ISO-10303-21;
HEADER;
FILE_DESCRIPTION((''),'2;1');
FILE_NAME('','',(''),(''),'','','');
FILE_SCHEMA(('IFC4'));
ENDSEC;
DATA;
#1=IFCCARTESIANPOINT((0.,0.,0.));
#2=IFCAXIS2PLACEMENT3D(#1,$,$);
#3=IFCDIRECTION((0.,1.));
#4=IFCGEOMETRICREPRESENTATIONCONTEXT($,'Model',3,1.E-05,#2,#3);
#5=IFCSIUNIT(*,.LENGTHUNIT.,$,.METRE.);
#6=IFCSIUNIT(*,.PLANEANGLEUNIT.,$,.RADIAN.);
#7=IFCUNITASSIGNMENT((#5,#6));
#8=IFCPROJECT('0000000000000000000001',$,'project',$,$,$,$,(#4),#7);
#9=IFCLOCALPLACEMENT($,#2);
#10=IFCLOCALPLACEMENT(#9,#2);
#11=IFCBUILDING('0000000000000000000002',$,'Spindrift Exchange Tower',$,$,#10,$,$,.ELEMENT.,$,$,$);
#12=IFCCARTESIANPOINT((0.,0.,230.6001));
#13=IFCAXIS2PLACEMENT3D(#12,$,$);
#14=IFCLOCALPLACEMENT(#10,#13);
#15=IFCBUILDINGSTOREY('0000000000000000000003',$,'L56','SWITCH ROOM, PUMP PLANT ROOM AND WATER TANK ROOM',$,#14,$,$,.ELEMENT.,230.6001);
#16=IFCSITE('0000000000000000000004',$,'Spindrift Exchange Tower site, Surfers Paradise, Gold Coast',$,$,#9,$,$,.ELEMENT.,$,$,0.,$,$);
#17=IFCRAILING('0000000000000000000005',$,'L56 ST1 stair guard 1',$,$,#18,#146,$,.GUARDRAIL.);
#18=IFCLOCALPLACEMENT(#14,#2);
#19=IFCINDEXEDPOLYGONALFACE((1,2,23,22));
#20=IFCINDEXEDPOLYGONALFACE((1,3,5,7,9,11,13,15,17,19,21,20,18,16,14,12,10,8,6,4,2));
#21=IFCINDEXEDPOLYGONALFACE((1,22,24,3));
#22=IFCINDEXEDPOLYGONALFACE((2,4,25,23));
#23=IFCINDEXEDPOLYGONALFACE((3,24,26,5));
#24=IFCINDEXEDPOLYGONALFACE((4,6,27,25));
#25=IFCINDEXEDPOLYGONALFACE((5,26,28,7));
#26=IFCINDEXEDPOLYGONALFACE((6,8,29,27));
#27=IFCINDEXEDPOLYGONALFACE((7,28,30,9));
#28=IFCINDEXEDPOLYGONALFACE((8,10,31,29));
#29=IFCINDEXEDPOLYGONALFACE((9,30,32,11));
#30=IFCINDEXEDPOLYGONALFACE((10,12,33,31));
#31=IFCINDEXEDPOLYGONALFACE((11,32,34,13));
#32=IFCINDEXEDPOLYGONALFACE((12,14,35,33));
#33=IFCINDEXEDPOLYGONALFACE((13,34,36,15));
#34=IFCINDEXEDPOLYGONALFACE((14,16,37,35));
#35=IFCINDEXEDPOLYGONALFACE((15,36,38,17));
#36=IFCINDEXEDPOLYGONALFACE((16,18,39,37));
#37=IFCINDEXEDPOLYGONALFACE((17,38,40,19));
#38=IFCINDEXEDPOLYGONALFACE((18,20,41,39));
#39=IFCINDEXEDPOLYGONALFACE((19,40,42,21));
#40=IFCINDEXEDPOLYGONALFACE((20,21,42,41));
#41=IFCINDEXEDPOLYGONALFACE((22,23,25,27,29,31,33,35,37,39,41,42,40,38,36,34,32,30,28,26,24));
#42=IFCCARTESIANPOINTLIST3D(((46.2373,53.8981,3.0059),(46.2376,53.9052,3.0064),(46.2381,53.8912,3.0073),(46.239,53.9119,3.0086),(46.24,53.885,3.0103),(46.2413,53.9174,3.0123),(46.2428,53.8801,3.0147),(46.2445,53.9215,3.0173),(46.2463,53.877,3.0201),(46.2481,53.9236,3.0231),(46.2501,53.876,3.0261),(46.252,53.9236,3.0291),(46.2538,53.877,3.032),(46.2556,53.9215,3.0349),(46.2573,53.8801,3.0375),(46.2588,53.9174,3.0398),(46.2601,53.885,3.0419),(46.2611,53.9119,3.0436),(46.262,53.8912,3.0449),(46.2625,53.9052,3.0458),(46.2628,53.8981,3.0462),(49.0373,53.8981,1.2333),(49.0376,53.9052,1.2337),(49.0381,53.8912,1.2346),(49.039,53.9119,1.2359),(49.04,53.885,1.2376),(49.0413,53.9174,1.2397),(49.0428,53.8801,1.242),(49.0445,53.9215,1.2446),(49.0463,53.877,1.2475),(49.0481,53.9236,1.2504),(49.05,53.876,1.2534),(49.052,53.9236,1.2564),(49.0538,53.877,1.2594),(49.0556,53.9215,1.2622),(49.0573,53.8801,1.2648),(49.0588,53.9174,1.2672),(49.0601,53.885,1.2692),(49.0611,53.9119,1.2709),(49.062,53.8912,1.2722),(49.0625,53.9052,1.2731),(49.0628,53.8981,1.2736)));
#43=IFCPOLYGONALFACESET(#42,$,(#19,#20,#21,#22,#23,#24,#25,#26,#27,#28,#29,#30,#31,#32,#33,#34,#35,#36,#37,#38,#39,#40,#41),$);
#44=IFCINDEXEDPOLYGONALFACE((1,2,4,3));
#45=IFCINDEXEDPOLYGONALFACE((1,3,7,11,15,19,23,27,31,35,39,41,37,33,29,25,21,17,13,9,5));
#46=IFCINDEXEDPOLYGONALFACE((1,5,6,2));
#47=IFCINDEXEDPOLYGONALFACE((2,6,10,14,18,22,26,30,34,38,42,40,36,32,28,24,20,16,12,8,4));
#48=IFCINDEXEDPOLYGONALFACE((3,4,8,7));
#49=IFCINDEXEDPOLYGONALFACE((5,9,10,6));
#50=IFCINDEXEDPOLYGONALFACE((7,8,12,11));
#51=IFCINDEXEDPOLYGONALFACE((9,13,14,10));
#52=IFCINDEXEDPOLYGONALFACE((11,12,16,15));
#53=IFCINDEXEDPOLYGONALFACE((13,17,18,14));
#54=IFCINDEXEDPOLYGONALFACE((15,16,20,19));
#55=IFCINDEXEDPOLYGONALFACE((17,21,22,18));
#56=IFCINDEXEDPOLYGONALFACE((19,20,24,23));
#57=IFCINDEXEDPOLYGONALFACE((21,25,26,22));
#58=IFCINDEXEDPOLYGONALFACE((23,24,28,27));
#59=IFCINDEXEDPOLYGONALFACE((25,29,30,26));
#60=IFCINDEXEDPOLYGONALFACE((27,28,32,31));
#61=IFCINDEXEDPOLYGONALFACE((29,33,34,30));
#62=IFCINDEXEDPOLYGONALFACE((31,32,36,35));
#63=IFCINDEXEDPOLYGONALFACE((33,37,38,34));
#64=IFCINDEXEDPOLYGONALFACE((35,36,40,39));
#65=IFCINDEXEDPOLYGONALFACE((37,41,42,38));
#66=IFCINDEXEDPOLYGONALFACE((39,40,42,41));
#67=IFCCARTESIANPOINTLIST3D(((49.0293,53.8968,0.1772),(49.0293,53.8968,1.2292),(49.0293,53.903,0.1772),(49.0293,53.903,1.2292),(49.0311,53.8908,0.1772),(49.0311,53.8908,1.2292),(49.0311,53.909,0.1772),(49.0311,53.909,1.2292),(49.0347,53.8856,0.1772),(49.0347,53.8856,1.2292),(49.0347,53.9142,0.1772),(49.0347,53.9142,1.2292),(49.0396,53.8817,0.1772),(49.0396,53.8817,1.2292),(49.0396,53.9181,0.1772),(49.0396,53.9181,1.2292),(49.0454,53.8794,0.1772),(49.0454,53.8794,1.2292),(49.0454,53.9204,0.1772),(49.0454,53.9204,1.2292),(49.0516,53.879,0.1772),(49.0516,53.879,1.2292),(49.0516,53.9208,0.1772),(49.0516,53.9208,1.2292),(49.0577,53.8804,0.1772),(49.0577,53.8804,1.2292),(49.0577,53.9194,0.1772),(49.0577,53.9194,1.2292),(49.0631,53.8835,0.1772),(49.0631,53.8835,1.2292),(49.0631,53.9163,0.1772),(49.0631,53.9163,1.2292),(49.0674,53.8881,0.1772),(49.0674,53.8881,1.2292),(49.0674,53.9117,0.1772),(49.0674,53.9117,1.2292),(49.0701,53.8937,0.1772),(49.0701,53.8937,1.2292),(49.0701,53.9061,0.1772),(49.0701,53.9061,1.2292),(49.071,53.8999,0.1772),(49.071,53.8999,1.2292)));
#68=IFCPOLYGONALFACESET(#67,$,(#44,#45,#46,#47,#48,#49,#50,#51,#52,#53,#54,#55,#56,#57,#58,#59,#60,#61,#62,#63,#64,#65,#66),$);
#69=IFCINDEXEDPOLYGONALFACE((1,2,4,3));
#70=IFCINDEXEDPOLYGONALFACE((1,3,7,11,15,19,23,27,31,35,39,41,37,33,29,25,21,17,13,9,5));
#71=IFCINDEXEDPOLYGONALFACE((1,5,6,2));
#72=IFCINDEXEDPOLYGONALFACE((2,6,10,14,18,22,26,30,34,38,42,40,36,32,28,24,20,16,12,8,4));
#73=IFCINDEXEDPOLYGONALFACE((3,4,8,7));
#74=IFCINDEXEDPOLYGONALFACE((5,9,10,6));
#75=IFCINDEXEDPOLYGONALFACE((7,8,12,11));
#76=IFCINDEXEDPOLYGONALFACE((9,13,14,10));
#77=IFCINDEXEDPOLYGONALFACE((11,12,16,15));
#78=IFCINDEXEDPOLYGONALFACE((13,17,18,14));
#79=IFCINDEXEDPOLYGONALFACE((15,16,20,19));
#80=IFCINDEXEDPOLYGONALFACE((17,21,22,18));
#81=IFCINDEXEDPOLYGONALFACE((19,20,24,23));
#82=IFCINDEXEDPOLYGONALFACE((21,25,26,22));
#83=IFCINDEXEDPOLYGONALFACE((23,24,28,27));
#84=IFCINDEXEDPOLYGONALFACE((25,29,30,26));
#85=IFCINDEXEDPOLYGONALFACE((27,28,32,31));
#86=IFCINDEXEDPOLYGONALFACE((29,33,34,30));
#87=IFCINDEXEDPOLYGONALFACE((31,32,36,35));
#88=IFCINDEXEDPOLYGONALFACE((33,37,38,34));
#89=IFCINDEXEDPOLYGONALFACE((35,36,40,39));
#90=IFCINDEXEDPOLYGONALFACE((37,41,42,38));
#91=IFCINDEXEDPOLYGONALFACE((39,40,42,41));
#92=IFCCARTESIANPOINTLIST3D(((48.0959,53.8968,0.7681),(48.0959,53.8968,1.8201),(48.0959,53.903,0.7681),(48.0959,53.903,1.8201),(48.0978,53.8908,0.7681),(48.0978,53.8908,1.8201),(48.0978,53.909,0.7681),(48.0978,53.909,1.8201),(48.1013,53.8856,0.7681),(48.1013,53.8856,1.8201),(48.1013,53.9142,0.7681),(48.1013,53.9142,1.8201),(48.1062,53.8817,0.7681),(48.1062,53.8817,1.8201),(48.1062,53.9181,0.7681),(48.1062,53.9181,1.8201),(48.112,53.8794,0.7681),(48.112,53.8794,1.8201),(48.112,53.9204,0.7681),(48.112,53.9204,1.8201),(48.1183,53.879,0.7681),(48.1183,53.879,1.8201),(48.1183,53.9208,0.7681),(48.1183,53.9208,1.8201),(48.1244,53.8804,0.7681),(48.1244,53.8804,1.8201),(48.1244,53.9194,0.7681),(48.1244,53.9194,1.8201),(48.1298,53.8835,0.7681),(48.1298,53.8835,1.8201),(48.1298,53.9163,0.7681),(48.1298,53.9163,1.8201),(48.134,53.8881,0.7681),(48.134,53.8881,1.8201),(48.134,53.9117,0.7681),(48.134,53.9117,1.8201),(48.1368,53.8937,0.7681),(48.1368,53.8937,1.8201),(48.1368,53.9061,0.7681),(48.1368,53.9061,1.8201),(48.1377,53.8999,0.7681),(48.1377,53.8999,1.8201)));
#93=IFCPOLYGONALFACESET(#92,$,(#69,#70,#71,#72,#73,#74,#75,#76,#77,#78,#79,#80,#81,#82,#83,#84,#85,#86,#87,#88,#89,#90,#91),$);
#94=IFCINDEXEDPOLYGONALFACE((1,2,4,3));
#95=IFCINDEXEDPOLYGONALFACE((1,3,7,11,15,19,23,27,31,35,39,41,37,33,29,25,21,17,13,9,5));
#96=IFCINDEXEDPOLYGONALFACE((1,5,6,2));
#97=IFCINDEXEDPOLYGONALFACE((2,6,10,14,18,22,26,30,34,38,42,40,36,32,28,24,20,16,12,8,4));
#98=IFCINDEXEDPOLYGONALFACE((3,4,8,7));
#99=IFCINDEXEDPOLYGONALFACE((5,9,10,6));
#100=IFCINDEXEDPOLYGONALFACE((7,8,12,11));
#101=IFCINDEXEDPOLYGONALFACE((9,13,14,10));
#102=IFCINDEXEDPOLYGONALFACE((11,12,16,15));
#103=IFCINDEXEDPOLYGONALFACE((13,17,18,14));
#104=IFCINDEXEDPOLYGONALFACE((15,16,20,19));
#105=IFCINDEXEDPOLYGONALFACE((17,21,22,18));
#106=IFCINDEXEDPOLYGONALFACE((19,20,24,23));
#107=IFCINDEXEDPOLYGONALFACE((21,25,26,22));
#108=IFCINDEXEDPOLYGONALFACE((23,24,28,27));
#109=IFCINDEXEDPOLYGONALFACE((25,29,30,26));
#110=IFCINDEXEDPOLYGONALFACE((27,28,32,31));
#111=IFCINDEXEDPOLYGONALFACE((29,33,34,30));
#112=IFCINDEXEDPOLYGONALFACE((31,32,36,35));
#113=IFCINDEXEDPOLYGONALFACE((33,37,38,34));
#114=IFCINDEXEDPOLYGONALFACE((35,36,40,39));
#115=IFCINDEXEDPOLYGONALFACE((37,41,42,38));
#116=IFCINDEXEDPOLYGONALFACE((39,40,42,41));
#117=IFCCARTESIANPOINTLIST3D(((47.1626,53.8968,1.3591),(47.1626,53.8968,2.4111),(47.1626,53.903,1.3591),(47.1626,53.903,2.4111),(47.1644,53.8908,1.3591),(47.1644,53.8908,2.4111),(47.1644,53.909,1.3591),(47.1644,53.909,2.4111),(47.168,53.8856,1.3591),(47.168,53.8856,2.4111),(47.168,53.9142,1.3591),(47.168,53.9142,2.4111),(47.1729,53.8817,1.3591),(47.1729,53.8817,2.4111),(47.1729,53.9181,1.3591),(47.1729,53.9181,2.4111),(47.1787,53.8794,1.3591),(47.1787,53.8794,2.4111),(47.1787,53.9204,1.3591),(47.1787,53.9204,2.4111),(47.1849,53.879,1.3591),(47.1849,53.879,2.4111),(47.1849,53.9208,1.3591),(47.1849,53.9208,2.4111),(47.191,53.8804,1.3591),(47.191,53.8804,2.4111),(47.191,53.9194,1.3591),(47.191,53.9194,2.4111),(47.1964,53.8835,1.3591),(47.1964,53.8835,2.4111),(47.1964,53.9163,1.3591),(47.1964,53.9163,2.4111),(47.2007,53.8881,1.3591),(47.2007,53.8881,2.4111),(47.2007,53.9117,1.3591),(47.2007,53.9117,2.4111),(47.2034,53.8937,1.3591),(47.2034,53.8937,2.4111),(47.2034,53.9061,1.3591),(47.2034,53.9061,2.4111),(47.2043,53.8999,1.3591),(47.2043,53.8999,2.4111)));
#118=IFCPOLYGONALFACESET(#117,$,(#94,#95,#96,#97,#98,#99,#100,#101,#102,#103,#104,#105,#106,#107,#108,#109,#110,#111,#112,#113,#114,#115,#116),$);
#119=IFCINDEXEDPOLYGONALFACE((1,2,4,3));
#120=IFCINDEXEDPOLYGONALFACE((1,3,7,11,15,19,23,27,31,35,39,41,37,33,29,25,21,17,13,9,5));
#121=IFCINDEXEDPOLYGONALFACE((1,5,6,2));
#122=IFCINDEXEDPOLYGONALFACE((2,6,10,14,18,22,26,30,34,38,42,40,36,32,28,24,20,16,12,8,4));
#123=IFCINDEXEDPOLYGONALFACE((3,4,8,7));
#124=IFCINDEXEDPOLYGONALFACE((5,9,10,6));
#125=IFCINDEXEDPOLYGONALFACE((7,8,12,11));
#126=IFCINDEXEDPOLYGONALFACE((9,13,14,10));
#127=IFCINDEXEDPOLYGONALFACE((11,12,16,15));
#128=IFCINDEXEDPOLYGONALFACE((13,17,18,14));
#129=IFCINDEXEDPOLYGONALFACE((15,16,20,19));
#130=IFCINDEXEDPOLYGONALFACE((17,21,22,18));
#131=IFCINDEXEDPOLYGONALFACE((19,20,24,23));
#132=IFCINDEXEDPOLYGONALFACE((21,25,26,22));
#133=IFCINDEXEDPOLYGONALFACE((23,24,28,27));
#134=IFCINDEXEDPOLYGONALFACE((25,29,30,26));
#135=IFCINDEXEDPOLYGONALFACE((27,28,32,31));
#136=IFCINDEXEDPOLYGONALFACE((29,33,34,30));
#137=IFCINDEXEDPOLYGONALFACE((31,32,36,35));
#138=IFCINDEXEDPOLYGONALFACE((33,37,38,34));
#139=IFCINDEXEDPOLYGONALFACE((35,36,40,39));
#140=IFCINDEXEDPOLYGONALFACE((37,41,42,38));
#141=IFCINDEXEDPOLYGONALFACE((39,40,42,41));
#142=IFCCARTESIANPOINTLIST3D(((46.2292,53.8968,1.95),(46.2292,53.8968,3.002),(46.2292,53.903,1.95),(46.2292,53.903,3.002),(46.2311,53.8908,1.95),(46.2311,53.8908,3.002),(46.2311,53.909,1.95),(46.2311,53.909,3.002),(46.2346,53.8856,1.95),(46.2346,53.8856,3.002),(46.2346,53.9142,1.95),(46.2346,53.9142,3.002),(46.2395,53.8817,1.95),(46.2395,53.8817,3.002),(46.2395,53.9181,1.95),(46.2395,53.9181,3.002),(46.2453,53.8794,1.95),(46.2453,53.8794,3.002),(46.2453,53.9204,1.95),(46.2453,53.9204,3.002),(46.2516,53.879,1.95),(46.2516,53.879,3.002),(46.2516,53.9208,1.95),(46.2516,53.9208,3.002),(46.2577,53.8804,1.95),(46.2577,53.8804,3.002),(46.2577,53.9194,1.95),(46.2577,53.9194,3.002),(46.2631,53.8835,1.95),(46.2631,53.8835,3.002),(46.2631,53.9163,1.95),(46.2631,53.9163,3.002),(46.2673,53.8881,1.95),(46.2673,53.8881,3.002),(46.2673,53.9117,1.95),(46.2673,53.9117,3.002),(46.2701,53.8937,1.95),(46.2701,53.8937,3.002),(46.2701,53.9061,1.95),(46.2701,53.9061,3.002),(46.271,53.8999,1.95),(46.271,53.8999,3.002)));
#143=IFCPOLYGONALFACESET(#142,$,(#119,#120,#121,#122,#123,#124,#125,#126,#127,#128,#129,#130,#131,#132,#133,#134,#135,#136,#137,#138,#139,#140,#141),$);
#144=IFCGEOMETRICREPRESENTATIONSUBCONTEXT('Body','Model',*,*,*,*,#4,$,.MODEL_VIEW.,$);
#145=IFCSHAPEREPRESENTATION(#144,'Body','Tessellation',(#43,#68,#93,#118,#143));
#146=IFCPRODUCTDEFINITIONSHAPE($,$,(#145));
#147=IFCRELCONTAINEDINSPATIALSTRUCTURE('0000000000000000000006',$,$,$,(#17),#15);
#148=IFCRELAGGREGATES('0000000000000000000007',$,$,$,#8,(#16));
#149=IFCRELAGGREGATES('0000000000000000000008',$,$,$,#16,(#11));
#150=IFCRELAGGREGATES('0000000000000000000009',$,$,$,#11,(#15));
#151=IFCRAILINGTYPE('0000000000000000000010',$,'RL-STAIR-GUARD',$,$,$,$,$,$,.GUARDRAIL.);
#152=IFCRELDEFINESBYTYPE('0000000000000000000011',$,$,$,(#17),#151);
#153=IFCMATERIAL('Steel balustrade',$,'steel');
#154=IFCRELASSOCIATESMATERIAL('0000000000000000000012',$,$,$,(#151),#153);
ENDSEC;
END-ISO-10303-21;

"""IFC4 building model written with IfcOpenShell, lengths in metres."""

from ifc_helpers import new_model, si_unit, direction, frame, origin, origin_2d, place, context, subcontext, project, spatial, circle, extrude, material, type_object, element, save


model = new_model("IFC4")

# Units and contexts
model_context = context("Model", 3, precision=1e-05, world=origin(), true_north=direction((0.0, 1.0)))
body_context = subcontext(model_context, "Body", "Model", "MODEL_VIEW")
ifc_project = project(units=[si_unit("LENGTHUNIT", "METRE"), si_unit("PLANEANGLEUNIT", "RADIAN")], contexts=[model_context])

# Site, building, storey
site_placement = place(None, origin())
site = spatial("IfcSite", under=ifc_project, at=site_placement, Name="Spindrift Exchange Tower site, Surfers Paradise, Gold Coast", CompositionType="ELEMENT", RefElevation=0.0)
building_placement = place(site_placement, origin())
building = spatial("IfcBuilding", under=site, at=building_placement, Name="Spindrift Exchange Tower", CompositionType="ELEMENT")
storey_placement = place(building_placement, frame((0.0, 0.0, 230.6001)))
storey = spatial("IfcBuildingStorey", under=building, at=storey_placement, Name="L56", Description="SWITCH ROOM, PUMP PLANT ROOM AND WATER TANK ROOM", CompositionType="ELEMENT", Elevation=230.6001)

# Railing
ifc_material_1 = material(Name="Steel balustrade", Category="steel")
railing_type_1 = type_object("IfcRailingType", Name="RL-STAIR-GUARD", PredefinedType="GUARDRAIL", material=ifc_material_1)
railing_1_placement = place(storey_placement, frame((49.05, 53.8999, 0.1772)))
element("IfcRailing", 1, at=railing_1_placement, inside=storey, type_object=railing_type_1, Name="L56 ST1 stair guard 1", PredefinedType="GUARDRAIL", context=body_context, shape_type="SweptSolid", body=[
    extrude(circle(Radius=0.0239, at=origin_2d()), frame((0.0, 0.0, 1.0762), z_axis=(-0.844909, 0.0, 0.53491), x_axis=(0.0, -1.0, 0.0)), (0.0, 0.0, 1.0), 3.314),
    extrude(circle(Radius=0.021, at=origin_2d()), origin(), (0.0, 0.0, 1.0), 1.052),
    extrude(circle(Radius=0.021, at=origin_2d()), frame((-0.9333, 0.0, 0.5908)), (0.0, 0.0, 1.0), 1.052),
    extrude(circle(Radius=0.021, at=origin_2d()), frame((-1.8667, 0.0, 1.1819)), (0.0, 0.0, 1.0), 1.052),
    extrude(circle(Radius=0.021, at=origin_2d()), frame((-2.8, 0.0, 1.7727)), (0.0, 0.0, 1.0), 1.052),
])

save(model, "model.ifc")
